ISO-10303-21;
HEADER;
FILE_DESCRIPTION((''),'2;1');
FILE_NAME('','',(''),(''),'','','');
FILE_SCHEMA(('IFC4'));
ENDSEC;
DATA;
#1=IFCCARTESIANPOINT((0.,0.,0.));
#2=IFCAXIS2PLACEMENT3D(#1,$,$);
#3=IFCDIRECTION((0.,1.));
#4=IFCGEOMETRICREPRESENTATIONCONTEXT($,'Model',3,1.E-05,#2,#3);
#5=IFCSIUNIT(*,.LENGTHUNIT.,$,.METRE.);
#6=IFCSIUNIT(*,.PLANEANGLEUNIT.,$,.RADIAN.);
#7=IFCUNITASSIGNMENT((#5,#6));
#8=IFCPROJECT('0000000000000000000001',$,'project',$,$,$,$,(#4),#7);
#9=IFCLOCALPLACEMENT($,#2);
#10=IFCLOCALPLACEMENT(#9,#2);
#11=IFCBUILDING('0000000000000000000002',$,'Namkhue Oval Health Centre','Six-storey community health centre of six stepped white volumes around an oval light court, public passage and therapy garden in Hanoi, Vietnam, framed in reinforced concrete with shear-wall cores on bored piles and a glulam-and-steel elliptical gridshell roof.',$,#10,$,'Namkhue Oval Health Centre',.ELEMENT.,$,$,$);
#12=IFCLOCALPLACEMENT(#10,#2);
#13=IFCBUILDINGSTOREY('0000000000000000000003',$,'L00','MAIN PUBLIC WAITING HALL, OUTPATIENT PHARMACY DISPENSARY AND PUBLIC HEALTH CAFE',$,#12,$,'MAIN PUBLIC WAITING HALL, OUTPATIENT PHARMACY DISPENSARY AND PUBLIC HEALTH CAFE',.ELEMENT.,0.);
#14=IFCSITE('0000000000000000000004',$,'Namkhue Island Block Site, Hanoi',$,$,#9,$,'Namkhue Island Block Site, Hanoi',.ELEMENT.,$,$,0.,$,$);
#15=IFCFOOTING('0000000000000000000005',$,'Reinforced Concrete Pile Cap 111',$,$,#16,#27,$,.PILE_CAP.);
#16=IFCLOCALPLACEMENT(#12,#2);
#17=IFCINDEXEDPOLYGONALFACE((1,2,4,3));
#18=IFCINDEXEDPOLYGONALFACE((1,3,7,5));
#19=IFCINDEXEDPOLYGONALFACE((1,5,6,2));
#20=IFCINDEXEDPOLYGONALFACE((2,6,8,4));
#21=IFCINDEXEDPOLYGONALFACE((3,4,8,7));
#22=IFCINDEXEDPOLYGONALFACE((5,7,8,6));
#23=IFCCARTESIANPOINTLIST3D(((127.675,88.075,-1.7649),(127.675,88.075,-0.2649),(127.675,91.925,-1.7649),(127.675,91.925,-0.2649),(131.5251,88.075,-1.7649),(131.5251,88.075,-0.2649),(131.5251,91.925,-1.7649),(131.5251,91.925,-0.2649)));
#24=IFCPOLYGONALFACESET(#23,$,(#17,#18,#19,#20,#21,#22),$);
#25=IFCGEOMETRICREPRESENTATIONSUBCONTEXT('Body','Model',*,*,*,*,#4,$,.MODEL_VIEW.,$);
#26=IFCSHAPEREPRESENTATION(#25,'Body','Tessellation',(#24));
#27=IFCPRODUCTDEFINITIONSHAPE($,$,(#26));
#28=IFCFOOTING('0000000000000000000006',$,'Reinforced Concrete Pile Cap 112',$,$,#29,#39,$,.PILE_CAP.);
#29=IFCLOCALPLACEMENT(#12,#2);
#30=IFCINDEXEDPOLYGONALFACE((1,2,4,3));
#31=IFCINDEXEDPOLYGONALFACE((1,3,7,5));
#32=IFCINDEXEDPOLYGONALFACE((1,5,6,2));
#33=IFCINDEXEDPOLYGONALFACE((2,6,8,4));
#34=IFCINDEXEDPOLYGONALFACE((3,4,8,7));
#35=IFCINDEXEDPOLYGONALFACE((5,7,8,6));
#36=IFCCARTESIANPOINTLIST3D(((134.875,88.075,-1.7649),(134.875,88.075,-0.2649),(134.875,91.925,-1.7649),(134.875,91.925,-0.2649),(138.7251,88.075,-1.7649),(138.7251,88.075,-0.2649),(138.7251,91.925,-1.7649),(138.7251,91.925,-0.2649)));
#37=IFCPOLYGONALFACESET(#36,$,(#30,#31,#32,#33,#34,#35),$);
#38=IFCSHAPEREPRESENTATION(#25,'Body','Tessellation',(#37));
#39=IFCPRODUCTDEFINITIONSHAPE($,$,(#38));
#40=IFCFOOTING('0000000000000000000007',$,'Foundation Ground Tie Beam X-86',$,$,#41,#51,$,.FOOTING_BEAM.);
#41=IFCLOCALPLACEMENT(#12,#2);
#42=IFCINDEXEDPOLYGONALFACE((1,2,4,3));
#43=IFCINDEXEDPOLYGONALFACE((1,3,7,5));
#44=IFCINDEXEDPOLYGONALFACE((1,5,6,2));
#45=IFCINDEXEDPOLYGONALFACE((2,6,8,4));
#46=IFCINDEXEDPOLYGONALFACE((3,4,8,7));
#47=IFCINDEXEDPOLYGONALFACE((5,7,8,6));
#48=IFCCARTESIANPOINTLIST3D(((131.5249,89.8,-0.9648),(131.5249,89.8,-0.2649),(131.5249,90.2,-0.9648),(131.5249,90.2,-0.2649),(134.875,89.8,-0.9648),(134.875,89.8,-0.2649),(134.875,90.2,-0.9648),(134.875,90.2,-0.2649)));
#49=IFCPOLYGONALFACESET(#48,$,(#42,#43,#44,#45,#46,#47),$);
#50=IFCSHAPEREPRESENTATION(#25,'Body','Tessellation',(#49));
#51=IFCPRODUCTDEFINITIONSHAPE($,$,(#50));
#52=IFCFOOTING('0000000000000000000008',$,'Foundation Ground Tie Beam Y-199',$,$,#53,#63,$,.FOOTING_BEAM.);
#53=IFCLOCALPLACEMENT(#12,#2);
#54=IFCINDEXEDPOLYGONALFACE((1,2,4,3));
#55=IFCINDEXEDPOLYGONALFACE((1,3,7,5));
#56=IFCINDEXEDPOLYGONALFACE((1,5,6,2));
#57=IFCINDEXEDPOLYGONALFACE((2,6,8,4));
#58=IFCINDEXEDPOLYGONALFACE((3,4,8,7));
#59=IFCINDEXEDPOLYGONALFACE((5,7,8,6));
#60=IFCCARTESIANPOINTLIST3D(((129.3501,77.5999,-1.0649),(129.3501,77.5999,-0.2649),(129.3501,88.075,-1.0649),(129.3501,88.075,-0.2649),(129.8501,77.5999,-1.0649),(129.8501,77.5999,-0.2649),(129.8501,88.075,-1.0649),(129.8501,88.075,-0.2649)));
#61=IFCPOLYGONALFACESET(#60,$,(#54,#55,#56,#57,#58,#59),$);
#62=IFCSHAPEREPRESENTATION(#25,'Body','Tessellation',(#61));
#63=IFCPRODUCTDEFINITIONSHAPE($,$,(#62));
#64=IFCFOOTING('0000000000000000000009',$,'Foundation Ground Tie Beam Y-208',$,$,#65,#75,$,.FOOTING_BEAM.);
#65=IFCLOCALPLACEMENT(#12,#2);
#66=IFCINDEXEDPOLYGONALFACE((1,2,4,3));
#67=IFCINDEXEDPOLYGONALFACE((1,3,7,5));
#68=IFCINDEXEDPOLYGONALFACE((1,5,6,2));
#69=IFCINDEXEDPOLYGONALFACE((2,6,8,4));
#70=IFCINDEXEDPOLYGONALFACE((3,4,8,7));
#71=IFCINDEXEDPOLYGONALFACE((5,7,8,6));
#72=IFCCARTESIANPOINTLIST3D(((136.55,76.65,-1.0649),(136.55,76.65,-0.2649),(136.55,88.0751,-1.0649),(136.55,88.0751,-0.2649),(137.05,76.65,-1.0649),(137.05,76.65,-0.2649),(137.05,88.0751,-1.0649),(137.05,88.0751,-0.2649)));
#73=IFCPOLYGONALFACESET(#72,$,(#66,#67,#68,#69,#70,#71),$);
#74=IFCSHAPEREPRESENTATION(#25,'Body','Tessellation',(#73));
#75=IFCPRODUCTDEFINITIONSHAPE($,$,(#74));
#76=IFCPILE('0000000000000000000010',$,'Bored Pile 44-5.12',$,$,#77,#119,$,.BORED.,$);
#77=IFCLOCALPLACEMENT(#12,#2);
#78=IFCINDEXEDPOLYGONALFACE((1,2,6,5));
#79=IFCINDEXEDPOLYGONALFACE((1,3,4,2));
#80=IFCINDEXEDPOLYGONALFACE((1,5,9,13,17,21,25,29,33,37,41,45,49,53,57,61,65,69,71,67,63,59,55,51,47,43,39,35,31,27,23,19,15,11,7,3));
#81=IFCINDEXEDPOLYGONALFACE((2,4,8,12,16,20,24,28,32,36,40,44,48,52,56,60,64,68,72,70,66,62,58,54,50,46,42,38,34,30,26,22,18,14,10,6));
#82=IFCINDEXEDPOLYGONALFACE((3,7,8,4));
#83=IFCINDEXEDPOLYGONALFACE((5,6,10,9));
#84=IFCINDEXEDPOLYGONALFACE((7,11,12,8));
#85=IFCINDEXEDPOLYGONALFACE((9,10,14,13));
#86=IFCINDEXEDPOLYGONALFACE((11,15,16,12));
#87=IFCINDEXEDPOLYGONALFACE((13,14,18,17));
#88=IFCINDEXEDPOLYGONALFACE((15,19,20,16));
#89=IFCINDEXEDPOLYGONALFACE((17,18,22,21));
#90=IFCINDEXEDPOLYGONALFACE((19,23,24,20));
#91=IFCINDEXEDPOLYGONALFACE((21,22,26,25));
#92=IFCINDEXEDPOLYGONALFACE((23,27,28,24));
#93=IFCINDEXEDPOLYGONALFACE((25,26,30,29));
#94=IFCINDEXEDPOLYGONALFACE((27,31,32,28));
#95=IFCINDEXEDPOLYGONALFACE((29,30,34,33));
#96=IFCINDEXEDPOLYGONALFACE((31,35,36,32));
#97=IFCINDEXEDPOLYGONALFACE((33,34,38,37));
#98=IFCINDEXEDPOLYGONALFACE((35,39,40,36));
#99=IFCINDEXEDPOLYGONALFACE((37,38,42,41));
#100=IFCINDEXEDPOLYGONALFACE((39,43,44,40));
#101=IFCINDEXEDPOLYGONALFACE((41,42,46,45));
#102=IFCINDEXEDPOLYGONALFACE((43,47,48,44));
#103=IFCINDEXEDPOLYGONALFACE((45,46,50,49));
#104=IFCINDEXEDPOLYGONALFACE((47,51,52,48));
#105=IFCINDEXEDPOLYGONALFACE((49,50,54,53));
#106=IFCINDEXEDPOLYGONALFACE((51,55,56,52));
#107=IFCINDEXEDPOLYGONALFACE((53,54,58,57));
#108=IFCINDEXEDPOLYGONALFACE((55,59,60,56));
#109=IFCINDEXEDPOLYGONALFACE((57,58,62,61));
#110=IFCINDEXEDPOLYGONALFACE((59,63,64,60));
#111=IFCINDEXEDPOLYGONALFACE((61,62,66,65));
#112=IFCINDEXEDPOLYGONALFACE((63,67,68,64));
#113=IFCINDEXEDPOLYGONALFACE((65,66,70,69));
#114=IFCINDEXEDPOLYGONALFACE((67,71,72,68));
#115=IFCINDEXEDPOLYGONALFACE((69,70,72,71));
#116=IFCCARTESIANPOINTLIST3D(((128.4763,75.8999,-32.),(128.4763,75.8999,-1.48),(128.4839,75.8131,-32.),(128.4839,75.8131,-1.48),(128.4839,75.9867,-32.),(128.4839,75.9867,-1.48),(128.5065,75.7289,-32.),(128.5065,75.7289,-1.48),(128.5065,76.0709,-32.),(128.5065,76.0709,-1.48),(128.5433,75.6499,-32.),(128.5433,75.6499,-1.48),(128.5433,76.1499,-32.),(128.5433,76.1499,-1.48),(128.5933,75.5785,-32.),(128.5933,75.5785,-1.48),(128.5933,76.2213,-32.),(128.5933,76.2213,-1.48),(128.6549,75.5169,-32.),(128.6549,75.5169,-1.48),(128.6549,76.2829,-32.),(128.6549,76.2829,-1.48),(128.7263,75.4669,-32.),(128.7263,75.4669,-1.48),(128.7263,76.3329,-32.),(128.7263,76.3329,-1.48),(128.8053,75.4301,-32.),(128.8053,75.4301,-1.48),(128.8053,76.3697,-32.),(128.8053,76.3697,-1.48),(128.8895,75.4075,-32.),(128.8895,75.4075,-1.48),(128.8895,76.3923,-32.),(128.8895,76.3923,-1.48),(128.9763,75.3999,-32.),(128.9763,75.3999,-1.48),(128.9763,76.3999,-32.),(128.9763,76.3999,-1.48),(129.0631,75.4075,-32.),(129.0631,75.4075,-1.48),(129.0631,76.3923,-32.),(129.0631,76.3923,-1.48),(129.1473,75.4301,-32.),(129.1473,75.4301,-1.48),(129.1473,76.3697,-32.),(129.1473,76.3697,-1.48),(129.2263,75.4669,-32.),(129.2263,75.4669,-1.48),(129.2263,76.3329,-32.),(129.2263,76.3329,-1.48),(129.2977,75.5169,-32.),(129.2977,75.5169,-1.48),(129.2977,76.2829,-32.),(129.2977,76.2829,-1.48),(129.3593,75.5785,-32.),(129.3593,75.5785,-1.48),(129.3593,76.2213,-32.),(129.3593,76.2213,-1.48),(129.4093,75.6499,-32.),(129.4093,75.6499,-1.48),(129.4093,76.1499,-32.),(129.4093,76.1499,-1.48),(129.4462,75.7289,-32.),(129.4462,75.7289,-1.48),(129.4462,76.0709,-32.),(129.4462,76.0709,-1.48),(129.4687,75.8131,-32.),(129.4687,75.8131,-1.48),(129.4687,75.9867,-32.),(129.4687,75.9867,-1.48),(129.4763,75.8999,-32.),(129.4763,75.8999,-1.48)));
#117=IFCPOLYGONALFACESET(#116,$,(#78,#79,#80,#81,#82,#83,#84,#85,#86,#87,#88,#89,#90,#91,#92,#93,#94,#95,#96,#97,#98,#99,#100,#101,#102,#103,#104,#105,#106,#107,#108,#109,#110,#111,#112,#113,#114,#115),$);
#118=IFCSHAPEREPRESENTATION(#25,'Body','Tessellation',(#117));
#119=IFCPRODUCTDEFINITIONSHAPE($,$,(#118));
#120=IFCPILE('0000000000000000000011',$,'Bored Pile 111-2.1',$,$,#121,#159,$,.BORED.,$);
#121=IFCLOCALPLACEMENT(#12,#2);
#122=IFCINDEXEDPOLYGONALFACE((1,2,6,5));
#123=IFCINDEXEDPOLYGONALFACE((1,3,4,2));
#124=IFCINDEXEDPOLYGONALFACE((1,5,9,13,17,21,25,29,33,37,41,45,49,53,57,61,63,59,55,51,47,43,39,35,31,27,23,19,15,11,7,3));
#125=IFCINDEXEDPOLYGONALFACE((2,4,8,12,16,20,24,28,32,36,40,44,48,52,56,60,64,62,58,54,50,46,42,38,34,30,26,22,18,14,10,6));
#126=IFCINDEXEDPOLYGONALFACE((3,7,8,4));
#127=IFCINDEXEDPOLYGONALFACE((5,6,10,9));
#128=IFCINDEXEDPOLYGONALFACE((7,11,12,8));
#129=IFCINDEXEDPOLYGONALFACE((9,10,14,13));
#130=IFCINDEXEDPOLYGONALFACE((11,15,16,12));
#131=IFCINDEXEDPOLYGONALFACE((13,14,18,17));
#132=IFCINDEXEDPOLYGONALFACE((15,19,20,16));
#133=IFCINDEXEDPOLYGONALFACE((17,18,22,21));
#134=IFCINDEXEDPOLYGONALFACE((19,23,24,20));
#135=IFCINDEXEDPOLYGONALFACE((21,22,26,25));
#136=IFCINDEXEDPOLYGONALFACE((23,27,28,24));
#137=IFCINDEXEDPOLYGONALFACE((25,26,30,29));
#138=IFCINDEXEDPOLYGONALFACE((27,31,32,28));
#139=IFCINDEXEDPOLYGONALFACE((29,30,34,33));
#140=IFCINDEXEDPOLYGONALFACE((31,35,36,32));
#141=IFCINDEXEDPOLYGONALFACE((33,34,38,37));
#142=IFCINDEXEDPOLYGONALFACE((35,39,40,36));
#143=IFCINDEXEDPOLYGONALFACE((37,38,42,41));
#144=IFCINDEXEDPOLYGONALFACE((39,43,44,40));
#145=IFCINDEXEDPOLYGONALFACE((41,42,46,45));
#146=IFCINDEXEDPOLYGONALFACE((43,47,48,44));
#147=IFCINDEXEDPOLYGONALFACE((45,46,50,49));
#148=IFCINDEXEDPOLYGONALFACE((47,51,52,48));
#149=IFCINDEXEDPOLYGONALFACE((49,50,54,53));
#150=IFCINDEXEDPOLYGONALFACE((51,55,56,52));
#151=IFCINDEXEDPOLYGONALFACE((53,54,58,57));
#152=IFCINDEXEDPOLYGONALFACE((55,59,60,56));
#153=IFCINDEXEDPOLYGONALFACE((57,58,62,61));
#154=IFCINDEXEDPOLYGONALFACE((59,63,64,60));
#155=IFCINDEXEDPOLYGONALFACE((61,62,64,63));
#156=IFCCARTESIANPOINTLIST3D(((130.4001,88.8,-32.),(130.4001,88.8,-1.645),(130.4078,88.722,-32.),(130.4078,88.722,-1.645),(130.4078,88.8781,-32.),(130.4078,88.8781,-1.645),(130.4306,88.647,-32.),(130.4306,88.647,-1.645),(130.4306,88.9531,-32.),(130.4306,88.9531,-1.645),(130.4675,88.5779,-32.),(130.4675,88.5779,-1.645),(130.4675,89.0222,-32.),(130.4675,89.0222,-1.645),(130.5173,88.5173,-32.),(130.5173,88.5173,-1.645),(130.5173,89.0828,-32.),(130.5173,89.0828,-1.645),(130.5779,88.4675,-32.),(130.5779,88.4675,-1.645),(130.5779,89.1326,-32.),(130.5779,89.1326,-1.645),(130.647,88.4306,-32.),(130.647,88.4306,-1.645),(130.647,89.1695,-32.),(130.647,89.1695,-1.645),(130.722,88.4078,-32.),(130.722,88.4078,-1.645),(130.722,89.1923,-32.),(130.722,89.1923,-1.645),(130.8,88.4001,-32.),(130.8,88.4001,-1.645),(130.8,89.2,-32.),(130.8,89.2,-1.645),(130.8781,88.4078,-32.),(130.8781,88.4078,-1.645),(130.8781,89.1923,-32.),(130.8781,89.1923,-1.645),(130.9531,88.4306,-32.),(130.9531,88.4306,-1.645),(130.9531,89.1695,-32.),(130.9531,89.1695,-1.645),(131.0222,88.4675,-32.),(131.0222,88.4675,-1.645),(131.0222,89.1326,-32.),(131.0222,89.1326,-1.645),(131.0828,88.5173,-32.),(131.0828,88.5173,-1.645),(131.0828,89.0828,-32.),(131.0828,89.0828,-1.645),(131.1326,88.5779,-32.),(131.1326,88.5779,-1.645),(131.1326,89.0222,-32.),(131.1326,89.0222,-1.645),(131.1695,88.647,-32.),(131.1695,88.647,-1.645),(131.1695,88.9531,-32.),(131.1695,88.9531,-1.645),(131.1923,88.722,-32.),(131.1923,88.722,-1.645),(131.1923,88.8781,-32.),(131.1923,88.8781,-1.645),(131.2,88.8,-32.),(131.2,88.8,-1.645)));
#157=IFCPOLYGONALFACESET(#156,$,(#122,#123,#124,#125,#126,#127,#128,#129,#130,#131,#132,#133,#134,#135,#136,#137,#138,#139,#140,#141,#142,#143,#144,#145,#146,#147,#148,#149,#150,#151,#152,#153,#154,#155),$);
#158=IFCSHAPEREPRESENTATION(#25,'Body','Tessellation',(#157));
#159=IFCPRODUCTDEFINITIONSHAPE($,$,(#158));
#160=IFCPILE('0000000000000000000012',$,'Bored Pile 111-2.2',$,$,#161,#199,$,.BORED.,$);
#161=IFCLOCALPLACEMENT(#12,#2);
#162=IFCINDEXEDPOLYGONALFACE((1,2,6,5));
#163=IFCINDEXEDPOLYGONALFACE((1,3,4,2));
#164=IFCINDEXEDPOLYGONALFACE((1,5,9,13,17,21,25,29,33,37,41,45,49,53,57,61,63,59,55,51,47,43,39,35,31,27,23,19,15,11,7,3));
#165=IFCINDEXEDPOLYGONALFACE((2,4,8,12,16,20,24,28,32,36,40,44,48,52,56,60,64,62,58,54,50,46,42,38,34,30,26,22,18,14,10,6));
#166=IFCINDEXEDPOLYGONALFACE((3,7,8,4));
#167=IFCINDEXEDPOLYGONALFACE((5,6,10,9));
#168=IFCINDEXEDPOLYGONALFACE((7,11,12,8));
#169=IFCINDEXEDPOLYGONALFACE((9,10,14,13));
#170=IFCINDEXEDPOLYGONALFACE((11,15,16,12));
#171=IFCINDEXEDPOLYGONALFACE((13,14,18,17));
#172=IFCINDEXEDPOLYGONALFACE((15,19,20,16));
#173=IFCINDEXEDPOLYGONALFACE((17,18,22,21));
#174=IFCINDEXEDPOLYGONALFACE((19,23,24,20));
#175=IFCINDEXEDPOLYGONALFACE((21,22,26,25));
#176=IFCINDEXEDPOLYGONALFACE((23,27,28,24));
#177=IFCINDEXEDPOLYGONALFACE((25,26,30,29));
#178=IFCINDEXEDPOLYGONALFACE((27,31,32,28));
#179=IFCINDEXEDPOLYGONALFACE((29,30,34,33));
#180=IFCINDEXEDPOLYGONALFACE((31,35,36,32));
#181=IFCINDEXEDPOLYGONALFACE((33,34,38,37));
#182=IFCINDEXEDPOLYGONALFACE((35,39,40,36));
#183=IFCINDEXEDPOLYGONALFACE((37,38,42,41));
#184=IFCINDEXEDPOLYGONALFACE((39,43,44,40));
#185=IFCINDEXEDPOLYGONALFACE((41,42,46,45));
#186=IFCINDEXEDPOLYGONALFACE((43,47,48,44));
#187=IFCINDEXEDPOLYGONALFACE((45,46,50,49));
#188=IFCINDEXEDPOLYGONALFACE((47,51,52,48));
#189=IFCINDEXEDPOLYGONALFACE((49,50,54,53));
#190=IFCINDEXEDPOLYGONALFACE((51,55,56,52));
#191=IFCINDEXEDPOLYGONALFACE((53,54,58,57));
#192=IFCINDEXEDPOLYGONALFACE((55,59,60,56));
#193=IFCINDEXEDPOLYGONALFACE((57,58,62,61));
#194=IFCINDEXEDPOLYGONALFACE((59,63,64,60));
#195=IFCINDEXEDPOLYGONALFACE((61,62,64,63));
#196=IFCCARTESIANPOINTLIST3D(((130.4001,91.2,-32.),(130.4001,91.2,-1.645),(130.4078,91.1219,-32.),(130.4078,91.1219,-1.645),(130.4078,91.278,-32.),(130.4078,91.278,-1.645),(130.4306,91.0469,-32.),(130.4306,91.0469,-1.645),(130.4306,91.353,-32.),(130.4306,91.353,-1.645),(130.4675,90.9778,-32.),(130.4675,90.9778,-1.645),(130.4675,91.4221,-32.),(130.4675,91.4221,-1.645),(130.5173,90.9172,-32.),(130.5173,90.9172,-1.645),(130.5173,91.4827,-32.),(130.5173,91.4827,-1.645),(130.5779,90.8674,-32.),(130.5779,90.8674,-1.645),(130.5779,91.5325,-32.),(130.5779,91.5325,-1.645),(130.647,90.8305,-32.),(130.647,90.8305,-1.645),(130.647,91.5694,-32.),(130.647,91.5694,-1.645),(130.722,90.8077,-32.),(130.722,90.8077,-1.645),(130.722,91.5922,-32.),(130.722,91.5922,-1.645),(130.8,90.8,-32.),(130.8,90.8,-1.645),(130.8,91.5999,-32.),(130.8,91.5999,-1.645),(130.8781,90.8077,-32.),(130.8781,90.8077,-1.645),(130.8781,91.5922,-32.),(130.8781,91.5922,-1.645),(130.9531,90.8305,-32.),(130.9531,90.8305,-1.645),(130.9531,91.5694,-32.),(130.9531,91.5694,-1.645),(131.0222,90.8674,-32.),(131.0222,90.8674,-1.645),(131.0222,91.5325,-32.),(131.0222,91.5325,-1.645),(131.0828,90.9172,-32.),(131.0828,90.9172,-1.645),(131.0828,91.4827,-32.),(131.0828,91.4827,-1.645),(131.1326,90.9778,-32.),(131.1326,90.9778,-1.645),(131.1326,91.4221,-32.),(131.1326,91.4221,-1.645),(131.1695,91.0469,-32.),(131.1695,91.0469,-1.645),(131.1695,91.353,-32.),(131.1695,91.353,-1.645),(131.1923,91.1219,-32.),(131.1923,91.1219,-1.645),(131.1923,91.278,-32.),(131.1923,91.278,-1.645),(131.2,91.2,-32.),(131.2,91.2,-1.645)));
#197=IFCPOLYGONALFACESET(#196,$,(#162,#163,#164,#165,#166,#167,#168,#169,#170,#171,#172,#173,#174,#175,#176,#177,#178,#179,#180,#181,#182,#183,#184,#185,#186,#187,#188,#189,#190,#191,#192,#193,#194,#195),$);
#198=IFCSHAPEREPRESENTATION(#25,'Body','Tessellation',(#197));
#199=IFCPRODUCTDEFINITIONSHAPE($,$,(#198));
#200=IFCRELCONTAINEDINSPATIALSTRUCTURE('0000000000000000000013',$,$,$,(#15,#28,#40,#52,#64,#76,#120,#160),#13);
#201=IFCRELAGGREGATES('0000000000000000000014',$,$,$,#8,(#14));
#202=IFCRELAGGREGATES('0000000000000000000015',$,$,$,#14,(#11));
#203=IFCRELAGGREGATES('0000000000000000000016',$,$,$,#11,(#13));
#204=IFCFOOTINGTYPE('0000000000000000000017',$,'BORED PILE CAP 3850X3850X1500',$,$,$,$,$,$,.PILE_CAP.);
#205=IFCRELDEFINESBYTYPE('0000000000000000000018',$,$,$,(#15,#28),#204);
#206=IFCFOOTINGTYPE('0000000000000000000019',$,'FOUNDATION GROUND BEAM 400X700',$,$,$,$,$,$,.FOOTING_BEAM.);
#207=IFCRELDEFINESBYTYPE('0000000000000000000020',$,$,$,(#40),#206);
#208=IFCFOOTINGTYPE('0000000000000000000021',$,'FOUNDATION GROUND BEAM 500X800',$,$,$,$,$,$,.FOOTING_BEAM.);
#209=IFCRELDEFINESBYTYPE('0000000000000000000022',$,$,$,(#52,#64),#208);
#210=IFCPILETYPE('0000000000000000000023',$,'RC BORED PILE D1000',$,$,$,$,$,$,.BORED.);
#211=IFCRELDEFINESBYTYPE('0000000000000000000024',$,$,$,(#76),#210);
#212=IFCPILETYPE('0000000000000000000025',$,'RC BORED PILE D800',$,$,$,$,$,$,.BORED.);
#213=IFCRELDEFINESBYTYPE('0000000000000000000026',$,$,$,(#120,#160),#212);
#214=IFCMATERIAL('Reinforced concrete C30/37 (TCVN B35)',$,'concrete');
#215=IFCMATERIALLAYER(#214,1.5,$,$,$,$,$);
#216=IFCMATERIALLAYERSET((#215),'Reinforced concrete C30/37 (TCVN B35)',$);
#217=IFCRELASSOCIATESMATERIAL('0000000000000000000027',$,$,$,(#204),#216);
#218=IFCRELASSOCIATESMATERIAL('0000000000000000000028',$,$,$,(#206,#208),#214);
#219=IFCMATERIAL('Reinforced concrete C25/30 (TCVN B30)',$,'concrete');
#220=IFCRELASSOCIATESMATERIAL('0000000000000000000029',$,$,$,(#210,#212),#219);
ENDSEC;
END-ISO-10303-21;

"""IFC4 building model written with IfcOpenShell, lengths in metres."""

from ifc_helpers import new_model, si_unit, direction, frame, origin, origin_2d, place, context, subcontext, project, spatial, rectangle, circle, extrude, material, layer, layer_set, material_profile, profile_set, type_object, element, save


model = new_model("IFC4")

# Units and contexts
model_context = context("Model", 3, precision=1e-05, world=origin(), true_north=direction((0.0, 1.0)))
body_context = subcontext(model_context, "Body", "Model", "MODEL_VIEW")
ifc_project = project(units=[si_unit("LENGTHUNIT", "METRE"), si_unit("PLANEANGLEUNIT", "RADIAN")], contexts=[model_context])

# Site, building, storey
site_placement = place(None, origin())
site = spatial("IfcSite", under=ifc_project, at=site_placement, Name="Namkhue Island Block Site, Hanoi", LongName="Namkhue Island Block Site, Hanoi", CompositionType="ELEMENT", RefElevation=0.0)
building_placement = place(site_placement, origin())
building = spatial("IfcBuilding", under=site, at=building_placement, Name="Namkhue Oval Health Centre", Description="Six-storey community health centre of six stepped white volumes around an oval light court, public passage and therapy garden in Hanoi, Vietnam, framed in reinforced concrete with shear-wall cores on bored piles and a glulam-and-steel elliptical gridshell roof.", LongName="Namkhue Oval Health Centre", CompositionType="ELEMENT")
storey_placement = place(building_placement, origin())
storey = spatial("IfcBuildingStorey", under=building, at=storey_placement, Name="L00", Description="MAIN PUBLIC WAITING HALL, OUTPATIENT PHARMACY DISPENSARY AND PUBLIC HEALTH CAFE", LongName="MAIN PUBLIC WAITING HALL, OUTPATIENT PHARMACY DISPENSARY AND PUBLIC HEALTH CAFE", CompositionType="ELEMENT", Elevation=0.0)

# Footings
ifc_material_1 = material(Name="Reinforced concrete C30/37 (TCVN B35)", Category="concrete")
ifc_layer_1 = layer(ifc_material_1, 1.5)
ifc_layer_set_1 = layer_set([ifc_layer_1], Name="Reinforced concrete C30/37 (TCVN B35)")
footing_type_1 = type_object("IfcFootingType", Name="BORED PILE CAP 3850X3850X1500", PredefinedType="PILE_CAP", material=ifc_layer_set_1)
for number, where, z_axis, x_axis, name in (
    (1, (129.6001, 90.0, -1.7649), (0.0, 0.0, 1.0), (1.0, 0.0, 0.0), "Reinforced Concrete Pile Cap 111"),
    (2, (136.8, 90.0, -1.7649), (0.0, 0.0, 1.0), (1.0, 0.0, 0.0), "Reinforced Concrete Pile Cap 112"),
):
    element("IfcFooting", number, at=place(storey_placement, frame(where, z_axis=z_axis, x_axis=x_axis)), inside=storey, type_object=footing_type_1, Name=name, PredefinedType="PILE_CAP", context=body_context, shape_type="SweptSolid", body=[
        extrude(rectangle(XDim=3.8501, YDim=3.8501, at=origin_2d()), origin(), (0.0, 0.0, 1.0), 1.5),
    ])
footing_type_2 = type_object("IfcFootingType", Name="FOUNDATION GROUND BEAM 400X700", PredefinedType="FOOTING_BEAM", material=ifc_material_1)
footing_1_placement = place(storey_placement, frame((133.2, 90.0, -0.9648), z_axis=(0.0, 0.0, 1.0), x_axis=(1.0, 0.0, 0.0)))
element("IfcFooting", 3, at=footing_1_placement, inside=storey, type_object=footing_type_2, Name="Foundation Ground Tie Beam X-86", PredefinedType="FOOTING_BEAM", context=body_context, shape_type="SweptSolid", body=[
    extrude(rectangle(XDim=3.3501, YDim=0.3999, at=origin_2d()), origin(), (0.0, 0.0, 1.0), 0.7),
])
footing_type_3 = type_object("IfcFootingType", Name="FOUNDATION GROUND BEAM 500X800", PredefinedType="FOOTING_BEAM", material=ifc_material_1)
footing_2_placement = place(storey_placement, frame((129.6001, 82.8374, -1.0649), z_axis=(0.0, 0.0, 1.0), x_axis=(0.0, 1.0, 0.0)))
element("IfcFooting", 4, at=footing_2_placement, inside=storey, type_object=footing_type_3, Name="Foundation Ground Tie Beam Y-199", PredefinedType="FOOTING_BEAM", context=body_context, shape_type="SweptSolid", body=[
    extrude(rectangle(XDim=10.4751, YDim=0.5, at=origin_2d()), origin(), (0.0, 0.0, 1.0), 0.8),
])
footing_3_placement = place(storey_placement, frame((136.8, 82.3625, -1.0649), z_axis=(0.0, 0.0, 1.0), x_axis=(0.0, 1.0, 0.0)))
element("IfcFooting", 5, at=footing_3_placement, inside=storey, type_object=footing_type_3, Name="Foundation Ground Tie Beam Y-208", PredefinedType="FOOTING_BEAM", context=body_context, shape_type="SweptSolid", body=[
    extrude(rectangle(XDim=11.425, YDim=0.5, at=origin_2d()), origin(), (0.0, 0.0, 1.0), 0.8),
])

# Piles
ifc_material_2 = material(Name="Reinforced concrete C25/30 (TCVN B30)", Category="concrete")
ifc_material_profile_1 = material_profile(ifc_material_2, circle(Radius=0.5, at=origin_2d()), Name="BORED PILE D1000")
ifc_profile_set_1 = profile_set([ifc_material_profile_1], Name="Reinforced concrete C25/30 (TCVN B30)")
pile_type_1 = type_object("IfcPileType", Name="RC BORED PILE D1000", PredefinedType="BORED", material=ifc_profile_set_1)
pile_placement = place(storey_placement, frame((128.9763, 75.8999, -1.48), z_axis=(0.0, 0.0, -1.0), x_axis=(1.0, 0.0, 0.0)))
element("IfcPile", 6, at=pile_placement, inside=storey, type_object=pile_type_1, Name="Bored Pile 44-5.12", PredefinedType="BORED", context=body_context, shape_type="SweptSolid", body=[
    extrude(circle(Radius=0.5, at=origin_2d()), origin(), (0.0, 0.0, 1.0), 30.52),
])
ifc_material_profile_2 = material_profile(ifc_material_2, circle(Radius=0.3999, at=origin_2d()), Name="BORED PILE D800")
ifc_profile_set_2 = profile_set([ifc_material_profile_2], Name="Reinforced concrete C25/30 (TCVN B30)")
pile_type_2 = type_object("IfcPileType", Name="RC BORED PILE D800", PredefinedType="BORED", material=ifc_profile_set_2)
for number, where, z_axis, x_axis, name in (
    (7, (130.8, 88.8, -1.645), (0.0, 0.0, -1.0), (1.0, 0.0, 0.0), "Bored Pile 111-2.1"),
    (8, (130.8, 91.2, -1.645), (0.0, 0.0, -1.0), (1.0, 0.0, 0.0), "Bored Pile 111-2.2"),
):
    element("IfcPile", number, at=place(storey_placement, frame(where, z_axis=z_axis, x_axis=x_axis)), inside=storey, type_object=pile_type_2, Name=name, PredefinedType="BORED", context=body_context, shape_type="SweptSolid", body=[
        extrude(circle(Radius=0.3999, at=origin_2d()), origin(), (0.0, 0.0, 1.0), 30.355),
    ])

save(model, "model.ifc")
